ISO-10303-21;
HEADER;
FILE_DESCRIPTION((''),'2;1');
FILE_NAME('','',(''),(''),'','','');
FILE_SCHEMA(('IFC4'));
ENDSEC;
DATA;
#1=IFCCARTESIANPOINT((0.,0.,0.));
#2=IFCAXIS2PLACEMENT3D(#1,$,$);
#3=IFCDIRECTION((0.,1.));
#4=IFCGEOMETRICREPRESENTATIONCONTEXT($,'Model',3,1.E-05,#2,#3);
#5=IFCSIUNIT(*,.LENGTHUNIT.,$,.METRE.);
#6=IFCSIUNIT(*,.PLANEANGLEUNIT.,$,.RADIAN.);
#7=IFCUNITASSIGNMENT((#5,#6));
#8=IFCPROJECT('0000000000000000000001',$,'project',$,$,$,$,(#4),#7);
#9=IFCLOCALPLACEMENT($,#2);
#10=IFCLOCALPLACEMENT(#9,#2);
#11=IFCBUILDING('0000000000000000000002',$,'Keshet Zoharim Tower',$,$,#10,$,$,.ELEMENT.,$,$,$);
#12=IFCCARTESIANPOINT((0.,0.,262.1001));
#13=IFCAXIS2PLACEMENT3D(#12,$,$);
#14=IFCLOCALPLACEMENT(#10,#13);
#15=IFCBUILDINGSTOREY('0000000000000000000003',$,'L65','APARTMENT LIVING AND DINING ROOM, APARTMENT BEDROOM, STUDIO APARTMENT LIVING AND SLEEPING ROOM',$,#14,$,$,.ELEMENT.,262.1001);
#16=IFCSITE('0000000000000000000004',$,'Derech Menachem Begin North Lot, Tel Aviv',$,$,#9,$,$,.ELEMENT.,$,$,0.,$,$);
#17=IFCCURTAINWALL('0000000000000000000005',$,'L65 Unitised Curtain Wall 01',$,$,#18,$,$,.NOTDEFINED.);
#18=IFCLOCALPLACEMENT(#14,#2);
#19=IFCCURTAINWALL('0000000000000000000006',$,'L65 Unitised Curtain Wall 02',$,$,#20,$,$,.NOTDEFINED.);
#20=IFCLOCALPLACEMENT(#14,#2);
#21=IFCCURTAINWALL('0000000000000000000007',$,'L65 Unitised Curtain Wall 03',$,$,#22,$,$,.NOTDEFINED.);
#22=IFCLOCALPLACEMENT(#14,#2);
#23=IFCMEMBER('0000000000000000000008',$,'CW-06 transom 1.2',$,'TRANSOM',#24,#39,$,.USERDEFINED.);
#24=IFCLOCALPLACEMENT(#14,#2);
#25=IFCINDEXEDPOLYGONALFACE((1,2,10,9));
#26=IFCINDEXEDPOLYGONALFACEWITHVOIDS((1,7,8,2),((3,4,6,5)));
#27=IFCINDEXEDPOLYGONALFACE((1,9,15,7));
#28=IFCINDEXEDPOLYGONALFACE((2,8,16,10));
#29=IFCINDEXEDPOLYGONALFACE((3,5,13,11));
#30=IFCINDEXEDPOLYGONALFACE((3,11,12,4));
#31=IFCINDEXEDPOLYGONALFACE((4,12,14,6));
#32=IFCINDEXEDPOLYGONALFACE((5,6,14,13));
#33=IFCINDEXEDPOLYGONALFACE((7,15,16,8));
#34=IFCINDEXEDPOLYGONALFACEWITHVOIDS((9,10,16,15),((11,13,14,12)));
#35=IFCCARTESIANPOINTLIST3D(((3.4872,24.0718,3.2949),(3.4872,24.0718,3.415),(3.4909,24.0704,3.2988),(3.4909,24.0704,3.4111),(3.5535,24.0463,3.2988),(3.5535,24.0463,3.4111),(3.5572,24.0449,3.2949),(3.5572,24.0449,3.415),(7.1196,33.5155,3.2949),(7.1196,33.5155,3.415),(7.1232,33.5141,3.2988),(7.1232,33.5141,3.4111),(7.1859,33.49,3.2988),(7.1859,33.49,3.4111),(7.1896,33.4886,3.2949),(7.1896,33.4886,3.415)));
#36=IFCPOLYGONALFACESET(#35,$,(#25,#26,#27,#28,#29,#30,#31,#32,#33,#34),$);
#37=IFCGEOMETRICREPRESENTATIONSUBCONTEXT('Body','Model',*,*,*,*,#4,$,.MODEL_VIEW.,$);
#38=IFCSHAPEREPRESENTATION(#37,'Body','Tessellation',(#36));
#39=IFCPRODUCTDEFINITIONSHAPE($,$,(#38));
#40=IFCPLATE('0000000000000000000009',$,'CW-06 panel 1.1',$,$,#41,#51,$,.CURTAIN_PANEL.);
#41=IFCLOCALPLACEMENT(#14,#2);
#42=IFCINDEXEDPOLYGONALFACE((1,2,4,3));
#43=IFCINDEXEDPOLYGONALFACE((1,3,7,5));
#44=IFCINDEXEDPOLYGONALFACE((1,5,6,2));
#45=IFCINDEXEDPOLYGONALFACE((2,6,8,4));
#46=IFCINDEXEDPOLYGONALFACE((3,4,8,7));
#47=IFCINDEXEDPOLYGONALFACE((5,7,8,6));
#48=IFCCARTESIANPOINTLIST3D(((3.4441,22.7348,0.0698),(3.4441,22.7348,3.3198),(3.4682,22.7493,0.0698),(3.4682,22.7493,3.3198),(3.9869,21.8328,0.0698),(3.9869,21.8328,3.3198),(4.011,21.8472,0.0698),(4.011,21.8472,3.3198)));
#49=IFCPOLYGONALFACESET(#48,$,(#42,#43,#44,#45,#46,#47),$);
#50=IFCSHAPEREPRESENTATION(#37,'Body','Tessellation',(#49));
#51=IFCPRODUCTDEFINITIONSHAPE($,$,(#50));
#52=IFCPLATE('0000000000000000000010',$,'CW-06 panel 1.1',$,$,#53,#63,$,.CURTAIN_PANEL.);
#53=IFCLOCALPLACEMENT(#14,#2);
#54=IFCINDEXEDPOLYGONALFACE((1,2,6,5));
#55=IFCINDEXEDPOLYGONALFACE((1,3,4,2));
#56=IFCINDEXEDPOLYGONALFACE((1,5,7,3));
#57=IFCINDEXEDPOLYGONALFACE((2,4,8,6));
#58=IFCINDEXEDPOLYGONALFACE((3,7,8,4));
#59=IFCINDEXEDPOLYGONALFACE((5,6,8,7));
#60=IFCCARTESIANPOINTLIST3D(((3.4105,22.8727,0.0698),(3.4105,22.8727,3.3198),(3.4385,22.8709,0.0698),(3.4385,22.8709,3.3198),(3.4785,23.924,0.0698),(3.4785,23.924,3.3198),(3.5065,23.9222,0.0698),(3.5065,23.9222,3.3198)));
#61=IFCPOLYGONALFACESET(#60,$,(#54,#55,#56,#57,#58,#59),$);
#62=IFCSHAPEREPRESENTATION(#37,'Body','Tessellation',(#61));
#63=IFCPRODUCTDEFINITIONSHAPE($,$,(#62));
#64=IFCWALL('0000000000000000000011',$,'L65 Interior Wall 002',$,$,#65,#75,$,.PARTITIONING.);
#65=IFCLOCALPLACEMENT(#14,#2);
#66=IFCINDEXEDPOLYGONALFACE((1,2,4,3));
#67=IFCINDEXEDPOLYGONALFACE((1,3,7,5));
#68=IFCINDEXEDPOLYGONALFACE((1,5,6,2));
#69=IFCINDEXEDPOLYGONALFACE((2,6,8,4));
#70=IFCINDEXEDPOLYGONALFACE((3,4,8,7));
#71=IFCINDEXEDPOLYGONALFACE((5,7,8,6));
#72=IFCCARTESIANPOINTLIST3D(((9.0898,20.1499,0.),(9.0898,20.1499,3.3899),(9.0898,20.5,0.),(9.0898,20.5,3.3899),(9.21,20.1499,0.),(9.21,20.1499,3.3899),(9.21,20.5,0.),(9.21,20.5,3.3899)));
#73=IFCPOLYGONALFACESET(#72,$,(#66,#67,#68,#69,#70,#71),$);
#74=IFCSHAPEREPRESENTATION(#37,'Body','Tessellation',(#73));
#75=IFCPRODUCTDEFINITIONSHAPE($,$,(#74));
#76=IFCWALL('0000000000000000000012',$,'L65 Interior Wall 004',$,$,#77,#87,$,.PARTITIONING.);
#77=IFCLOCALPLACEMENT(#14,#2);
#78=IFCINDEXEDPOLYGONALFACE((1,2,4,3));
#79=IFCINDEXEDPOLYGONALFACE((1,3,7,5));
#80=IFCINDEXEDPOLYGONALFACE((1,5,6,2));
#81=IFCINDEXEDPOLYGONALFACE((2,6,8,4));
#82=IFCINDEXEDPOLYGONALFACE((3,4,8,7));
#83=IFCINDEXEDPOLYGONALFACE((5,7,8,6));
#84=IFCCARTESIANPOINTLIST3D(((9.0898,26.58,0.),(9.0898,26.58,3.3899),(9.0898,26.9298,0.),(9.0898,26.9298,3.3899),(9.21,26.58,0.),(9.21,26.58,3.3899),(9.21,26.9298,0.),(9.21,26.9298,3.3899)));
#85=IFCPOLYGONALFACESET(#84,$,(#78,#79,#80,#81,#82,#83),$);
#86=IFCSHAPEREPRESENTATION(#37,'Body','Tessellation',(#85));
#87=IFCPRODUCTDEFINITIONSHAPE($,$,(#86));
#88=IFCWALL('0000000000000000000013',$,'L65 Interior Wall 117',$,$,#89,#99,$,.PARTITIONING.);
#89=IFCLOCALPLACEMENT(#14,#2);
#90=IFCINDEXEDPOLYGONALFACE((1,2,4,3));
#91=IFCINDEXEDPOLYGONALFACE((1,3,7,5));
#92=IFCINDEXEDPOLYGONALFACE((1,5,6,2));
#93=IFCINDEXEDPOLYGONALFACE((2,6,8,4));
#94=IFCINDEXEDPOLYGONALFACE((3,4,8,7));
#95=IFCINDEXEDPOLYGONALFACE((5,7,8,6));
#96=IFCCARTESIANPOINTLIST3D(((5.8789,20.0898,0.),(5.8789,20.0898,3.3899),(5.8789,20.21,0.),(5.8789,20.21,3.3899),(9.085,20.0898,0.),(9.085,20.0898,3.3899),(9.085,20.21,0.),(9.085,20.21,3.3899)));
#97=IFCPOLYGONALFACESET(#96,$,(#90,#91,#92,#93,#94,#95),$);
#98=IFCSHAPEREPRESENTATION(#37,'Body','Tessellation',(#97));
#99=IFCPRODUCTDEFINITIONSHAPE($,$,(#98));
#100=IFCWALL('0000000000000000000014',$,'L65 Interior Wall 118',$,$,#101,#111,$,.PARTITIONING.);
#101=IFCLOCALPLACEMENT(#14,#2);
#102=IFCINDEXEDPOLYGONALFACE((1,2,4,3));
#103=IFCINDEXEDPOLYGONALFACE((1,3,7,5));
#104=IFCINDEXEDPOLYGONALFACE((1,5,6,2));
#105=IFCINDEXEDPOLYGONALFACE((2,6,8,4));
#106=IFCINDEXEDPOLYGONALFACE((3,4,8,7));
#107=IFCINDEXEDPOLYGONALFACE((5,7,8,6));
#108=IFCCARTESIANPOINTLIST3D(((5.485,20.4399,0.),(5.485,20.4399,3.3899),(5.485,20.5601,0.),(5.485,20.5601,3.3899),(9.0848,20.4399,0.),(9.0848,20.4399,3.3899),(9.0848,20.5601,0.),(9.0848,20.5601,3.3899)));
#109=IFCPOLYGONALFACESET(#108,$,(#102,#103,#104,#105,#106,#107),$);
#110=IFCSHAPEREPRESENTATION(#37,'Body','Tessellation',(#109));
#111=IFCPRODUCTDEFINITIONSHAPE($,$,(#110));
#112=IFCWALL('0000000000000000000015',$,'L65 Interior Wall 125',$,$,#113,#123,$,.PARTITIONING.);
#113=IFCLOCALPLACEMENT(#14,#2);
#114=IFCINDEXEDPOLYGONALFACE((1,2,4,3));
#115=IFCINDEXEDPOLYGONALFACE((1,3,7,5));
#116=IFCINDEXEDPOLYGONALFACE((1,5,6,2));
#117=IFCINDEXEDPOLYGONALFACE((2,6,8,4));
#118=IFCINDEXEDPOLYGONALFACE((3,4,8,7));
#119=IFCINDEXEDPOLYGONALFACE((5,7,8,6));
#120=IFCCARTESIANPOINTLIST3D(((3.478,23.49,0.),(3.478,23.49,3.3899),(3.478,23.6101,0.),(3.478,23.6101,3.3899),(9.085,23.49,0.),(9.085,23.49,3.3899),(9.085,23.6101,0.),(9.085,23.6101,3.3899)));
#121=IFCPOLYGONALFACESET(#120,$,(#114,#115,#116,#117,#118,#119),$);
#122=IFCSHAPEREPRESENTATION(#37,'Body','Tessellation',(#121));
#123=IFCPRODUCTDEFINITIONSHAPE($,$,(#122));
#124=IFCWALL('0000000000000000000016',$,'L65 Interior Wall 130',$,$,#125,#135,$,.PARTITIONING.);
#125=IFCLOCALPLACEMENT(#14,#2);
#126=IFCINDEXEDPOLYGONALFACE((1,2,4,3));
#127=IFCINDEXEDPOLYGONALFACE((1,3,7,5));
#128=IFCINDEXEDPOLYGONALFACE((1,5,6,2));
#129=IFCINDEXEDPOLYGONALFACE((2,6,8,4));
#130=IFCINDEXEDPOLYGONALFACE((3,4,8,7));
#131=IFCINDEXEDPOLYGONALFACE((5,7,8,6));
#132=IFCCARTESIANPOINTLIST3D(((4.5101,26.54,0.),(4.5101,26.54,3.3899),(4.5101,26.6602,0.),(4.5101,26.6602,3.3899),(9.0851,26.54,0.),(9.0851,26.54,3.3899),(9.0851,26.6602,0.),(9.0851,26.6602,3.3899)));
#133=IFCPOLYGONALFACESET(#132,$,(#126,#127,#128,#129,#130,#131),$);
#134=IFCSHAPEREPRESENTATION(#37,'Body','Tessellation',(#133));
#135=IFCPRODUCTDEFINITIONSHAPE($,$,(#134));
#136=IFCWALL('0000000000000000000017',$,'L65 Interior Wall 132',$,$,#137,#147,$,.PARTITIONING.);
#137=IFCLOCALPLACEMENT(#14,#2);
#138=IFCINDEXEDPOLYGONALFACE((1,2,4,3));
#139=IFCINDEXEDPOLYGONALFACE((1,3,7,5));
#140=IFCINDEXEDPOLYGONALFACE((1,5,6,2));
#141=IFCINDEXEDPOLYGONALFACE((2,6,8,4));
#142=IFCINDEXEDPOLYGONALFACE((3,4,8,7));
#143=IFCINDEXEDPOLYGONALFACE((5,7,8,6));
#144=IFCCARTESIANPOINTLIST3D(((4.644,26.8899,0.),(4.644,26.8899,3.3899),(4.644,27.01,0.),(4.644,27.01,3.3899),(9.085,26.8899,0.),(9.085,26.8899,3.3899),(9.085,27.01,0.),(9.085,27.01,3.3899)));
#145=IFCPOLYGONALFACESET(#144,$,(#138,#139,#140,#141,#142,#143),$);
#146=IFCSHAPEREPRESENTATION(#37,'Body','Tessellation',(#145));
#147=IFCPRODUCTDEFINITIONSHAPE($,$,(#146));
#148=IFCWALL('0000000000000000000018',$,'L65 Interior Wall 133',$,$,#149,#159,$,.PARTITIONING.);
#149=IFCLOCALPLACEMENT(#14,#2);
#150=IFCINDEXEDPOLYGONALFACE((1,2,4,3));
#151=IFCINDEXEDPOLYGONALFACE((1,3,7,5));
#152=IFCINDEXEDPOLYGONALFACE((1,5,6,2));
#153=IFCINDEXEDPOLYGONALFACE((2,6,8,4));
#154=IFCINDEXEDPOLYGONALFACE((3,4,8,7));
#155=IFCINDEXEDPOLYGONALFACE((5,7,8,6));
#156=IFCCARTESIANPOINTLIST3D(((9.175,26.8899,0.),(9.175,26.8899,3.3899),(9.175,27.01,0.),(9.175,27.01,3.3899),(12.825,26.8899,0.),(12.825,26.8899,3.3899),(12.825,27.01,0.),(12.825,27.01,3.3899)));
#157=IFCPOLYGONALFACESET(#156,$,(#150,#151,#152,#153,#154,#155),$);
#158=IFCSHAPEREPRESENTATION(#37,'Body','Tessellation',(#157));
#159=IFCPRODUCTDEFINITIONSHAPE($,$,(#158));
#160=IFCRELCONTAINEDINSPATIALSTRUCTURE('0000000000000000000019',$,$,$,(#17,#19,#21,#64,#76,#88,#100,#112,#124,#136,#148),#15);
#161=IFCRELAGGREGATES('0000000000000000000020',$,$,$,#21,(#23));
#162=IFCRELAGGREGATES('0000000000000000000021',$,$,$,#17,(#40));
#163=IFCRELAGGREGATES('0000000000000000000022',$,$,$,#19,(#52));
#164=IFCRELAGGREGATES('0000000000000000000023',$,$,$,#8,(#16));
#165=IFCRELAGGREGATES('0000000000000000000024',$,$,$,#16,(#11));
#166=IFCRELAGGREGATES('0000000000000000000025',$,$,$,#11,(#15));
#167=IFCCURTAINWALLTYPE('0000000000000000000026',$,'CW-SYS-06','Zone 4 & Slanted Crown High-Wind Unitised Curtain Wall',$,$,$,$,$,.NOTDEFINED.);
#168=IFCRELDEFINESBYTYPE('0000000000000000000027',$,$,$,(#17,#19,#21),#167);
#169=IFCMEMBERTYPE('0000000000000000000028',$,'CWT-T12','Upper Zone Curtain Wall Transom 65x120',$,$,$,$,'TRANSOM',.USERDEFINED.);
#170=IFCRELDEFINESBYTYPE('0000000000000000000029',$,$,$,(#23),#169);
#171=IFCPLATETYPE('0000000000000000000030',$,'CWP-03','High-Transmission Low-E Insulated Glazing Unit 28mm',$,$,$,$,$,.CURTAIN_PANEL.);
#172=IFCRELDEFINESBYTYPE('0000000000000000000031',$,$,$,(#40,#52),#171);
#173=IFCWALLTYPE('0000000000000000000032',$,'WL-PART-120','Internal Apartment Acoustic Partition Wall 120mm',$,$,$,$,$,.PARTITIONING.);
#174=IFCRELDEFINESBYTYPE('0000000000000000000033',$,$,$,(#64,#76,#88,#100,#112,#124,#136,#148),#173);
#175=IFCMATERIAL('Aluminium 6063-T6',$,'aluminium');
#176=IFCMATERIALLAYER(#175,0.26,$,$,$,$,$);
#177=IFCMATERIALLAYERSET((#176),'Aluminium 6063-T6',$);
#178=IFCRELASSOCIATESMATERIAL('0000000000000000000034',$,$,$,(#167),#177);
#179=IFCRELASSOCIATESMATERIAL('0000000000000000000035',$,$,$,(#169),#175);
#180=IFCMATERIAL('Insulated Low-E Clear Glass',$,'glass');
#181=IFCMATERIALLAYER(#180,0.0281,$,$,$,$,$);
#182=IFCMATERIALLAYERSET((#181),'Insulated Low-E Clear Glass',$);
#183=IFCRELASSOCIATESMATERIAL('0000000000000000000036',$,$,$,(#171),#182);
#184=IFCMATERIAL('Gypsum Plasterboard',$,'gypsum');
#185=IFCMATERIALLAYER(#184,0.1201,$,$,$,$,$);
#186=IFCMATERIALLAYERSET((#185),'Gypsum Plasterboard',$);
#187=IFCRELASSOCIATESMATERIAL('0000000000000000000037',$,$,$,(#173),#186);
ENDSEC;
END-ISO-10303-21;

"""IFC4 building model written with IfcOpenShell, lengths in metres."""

from ifc_helpers import new_model, si_unit, direction, frame, frame_2d, origin, origin_2d, place, context, subcontext, project, spatial, rectangle, hollow_rectangle, extrude, material, layer, layer_set, material_profile, profile_set, type_object, element, aggregate, save


model = new_model("IFC4")

# Units and contexts
model_context = context("Model", 3, precision=1e-05, world=origin(), true_north=direction((0.0, 1.0)))
body_context = subcontext(model_context, "Body", "Model", "MODEL_VIEW")
ifc_project = project(units=[si_unit("LENGTHUNIT", "METRE"), si_unit("PLANEANGLEUNIT", "RADIAN")], contexts=[model_context])

# Site, building, storey
site_placement = place(None, origin())
site = spatial("IfcSite", under=ifc_project, at=site_placement, Name="Derech Menachem Begin North Lot, Tel Aviv", CompositionType="ELEMENT", RefElevation=0.0)
building_placement = place(site_placement, origin())
building = spatial("IfcBuilding", under=site, at=building_placement, Name="Keshet Zoharim Tower", CompositionType="ELEMENT")
storey_placement = place(building_placement, frame((0.0, 0.0, 262.1001)))
storey = spatial("IfcBuildingStorey", under=building, at=storey_placement, Name="L65", Description="APARTMENT LIVING AND DINING ROOM, APARTMENT BEDROOM, STUDIO APARTMENT LIVING AND SLEEPING ROOM", CompositionType="ELEMENT", Elevation=262.1001)

# Curtain walls
ifc_material_1 = material(Name="Aluminium 6063-T6", Category="aluminium")
ifc_layer_1 = layer(ifc_material_1, 0.26)
ifc_layer_set_1 = layer_set([ifc_layer_1], Name="Aluminium 6063-T6")
curtain_wall_type = type_object("IfcCurtainWallType", Name="CW-SYS-06", Description="Zone 4 & Slanted Crown High-Wind Unitised Curtain Wall", PredefinedType="NOTDEFINED", material=ifc_layer_set_1)
curtain_wall_1_placement = place(storey_placement, origin())
curtain_wall_1 = element("IfcCurtainWall", 1, at=curtain_wall_1_placement, inside=storey, type_object=curtain_wall_type, Name="L65 Unitised Curtain Wall 01", PredefinedType="NOTDEFINED")
curtain_wall_2_placement = place(storey_placement, origin())
curtain_wall_2 = element("IfcCurtainWall", 2, at=curtain_wall_2_placement, inside=storey, type_object=curtain_wall_type, Name="L65 Unitised Curtain Wall 02", PredefinedType="NOTDEFINED")

# Curtain wall
curtain_wall_3_placement = place(storey_placement, origin())
curtain_wall_3 = element("IfcCurtainWall", 3, at=curtain_wall_3_placement, inside=storey, type_object=curtain_wall_type, Name="L65 Unitised Curtain Wall 03", PredefinedType="NOTDEFINED")

# Member
ifc_material_profile_1 = material_profile(ifc_material_1, hollow_rectangle(XDim=0.075, YDim=0.1201, WallThickness=0.0039, at=origin_2d()), Name="TRN-75x120")
ifc_profile_set_1 = profile_set([ifc_material_profile_1], Name="Aluminium 6063-T6")
member_type_1 = type_object("IfcMemberType", Name="CWT-T12", Description="Upper Zone Curtain Wall Transom 65x120", ElementType="TRANSOM", PredefinedType="USERDEFINED", material=ifc_profile_set_1)
member_1_placement = place(storey_placement, frame((3.5222, 24.0583, 3.355), z_axis=(0.358994, 0.93334, 0.0), x_axis=(-0.93334, 0.358994, 0.0)))
member_1 = element("IfcMember", 4, at=member_1_placement, type_object=member_type_1, Name="CW-06 transom 1.2", ObjectType="TRANSOM", PredefinedType="USERDEFINED", context=body_context, shape_type="SweptSolid", body=[
    extrude(hollow_rectangle(XDim=0.075, YDim=0.1201, WallThickness=0.0039, at=origin_2d()), origin(), (0.0, 0.0, 1.0), 10.1182),
])
aggregate(curtain_wall_3, [member_1])

# Plates
ifc_material_2 = material(Name="Insulated Low-E Clear Glass", Category="glass")
ifc_layer_2 = layer(ifc_material_2, 0.0281)
ifc_layer_set_2 = layer_set([ifc_layer_2], Name="Insulated Low-E Clear Glass")
plate_type = type_object("IfcPlateType", Name="CWP-03", Description="High-Transmission Low-E Insulated Glazing Unit 28mm", PredefinedType="CURTAIN_PANEL", material=ifc_layer_set_2)
plate_1_placement = place(storey_placement, frame((3.7275, 22.291, 0.0698), z_axis=(0.0, 0.0, 1.0), x_axis=(-0.515605, 0.856826, 0.0)))
plate_1 = element("IfcPlate", 5, at=plate_1_placement, type_object=plate_type, Name="CW-06 panel 1.1", PredefinedType="CURTAIN_PANEL", context=body_context, shape_type="SweptSolid", body=[
    extrude(rectangle(XDim=1.0527, YDim=0.0281, at=origin_2d()), origin(), (0.0, 0.0, 1.0), 3.25),
])
aggregate(curtain_wall_1, [plate_1])
plate_2_placement = place(storey_placement, frame((3.4585, 23.3975, 0.0698), z_axis=(0.0, 0.0, 1.0), x_axis=(0.064517, 0.997917, 0.0)))
plate_2 = element("IfcPlate", 6, at=plate_2_placement, type_object=plate_type, Name="CW-06 panel 1.1", PredefinedType="CURTAIN_PANEL", context=body_context, shape_type="SweptSolid", body=[
    extrude(rectangle(XDim=1.0535, YDim=0.0281, at=origin_2d()), origin(), (0.0, 0.0, 1.0), 3.25),
])
aggregate(curtain_wall_2, [plate_2])

# Wall
ifc_material_3 = material(Name="Gypsum Plasterboard", Category="gypsum")
ifc_layer_3 = layer(ifc_material_3, 0.1201)
ifc_layer_set_3 = layer_set([ifc_layer_3], Name="Gypsum Plasterboard")
wall_type = type_object("IfcWallType", Name="WL-PART-120", Description="Internal Apartment Acoustic Partition Wall 120mm", PredefinedType="PARTITIONING", material=ifc_layer_set_3)
wall_1_placement = place(storey_placement, frame((9.1499, 20.1499, 0.0), z_axis=(0.0, 0.0, 1.0), x_axis=(0.0, 1.0, 0.0)))
element("IfcWall", 7, at=wall_1_placement, inside=storey, type_object=wall_type, Name="L65 Interior Wall 002", PredefinedType="PARTITIONING", context=body_context, shape_type="SweptSolid", body=[
    extrude(rectangle(XDim=0.3501, YDim=0.1201, at=frame_2d((0.175, 0.0))), origin(), (0.0, 0.0, 1.0), 3.3899),
])

# Wall
wall_2_placement = place(storey_placement, frame((9.1499, 26.5801, 0.0), z_axis=(0.0, 0.0, 1.0), x_axis=(0.0, 1.0, 0.0)))
element("IfcWall", 8, at=wall_2_placement, inside=storey, type_object=wall_type, Name="L65 Interior Wall 004", PredefinedType="PARTITIONING", context=body_context, shape_type="SweptSolid", body=[
    extrude(rectangle(XDim=0.3499, YDim=0.1201, at=frame_2d((0.1748, 0.0))), origin(), (0.0, 0.0, 1.0), 3.3899),
])

# Walls
wall_3_placement = place(storey_placement, frame((5.8789, 20.1499, 0.0), z_axis=(0.0, 0.0, 1.0), x_axis=(1.0, 0.0, 0.0)))
element("IfcWall", 9, at=wall_3_placement, inside=storey, type_object=wall_type, Name="L65 Interior Wall 117", PredefinedType="PARTITIONING", context=body_context, shape_type="SweptSolid", body=[
    extrude(rectangle(XDim=3.2061, YDim=0.1201, at=frame_2d((1.603, 0.0))), origin(), (0.0, 0.0, 1.0), 3.3899),
])
wall_4_placement = place(storey_placement, frame((5.4851, 20.5, 0.0), z_axis=(0.0, 0.0, 1.0), x_axis=(1.0, 0.0, 0.0)))
element("IfcWall", 10, at=wall_4_placement, inside=storey, type_object=wall_type, Name="L65 Interior Wall 118", PredefinedType="PARTITIONING", context=body_context, shape_type="SweptSolid", body=[
    extrude(rectangle(XDim=3.5999, YDim=0.1201, at=frame_2d((1.7998, 0.0))), origin(), (0.0, 0.0, 1.0), 3.3899),
])
wall_5_placement = place(storey_placement, frame((3.478, 23.55, 0.0), z_axis=(0.0, 0.0, 1.0), x_axis=(1.0, 0.0, 0.0)))
element("IfcWall", 11, at=wall_5_placement, inside=storey, type_object=wall_type, Name="L65 Interior Wall 125", PredefinedType="PARTITIONING", context=body_context, shape_type="SweptSolid", body=[
    extrude(rectangle(XDim=5.6069, YDim=0.1201, at=frame_2d((2.8035, 0.0))), origin(), (0.0, 0.0, 1.0), 3.3899),
])
wall_6_placement = place(storey_placement, frame((4.51, 26.6001, 0.0), z_axis=(0.0, 0.0, 1.0), x_axis=(1.0, 0.0, 0.0)))
element("IfcWall", 12, at=wall_6_placement, inside=storey, type_object=wall_type, Name="L65 Interior Wall 130", PredefinedType="PARTITIONING", context=body_context, shape_type="SweptSolid", body=[
    extrude(rectangle(XDim=4.575, YDim=0.1201, at=frame_2d((2.2876, 0.0))), origin(), (0.0, 0.0, 1.0), 3.3899),
])
wall_7_placement = place(storey_placement, frame((4.644, 26.95, 0.0), z_axis=(0.0, 0.0, 1.0), x_axis=(1.0, 0.0, 0.0)))
element("IfcWall", 13, at=wall_7_placement, inside=storey, type_object=wall_type, Name="L65 Interior Wall 132", PredefinedType="PARTITIONING", context=body_context, shape_type="SweptSolid", body=[
    extrude(rectangle(XDim=4.4409, YDim=0.1201, at=frame_2d((2.2205, 0.0))), origin(), (0.0, 0.0, 1.0), 3.3899),
])
wall_8_placement = place(storey_placement, frame((9.175, 26.95, 0.0), z_axis=(0.0, 0.0, 1.0), x_axis=(1.0, 0.0, 0.0)))
element("IfcWall", 14, at=wall_8_placement, inside=storey, type_object=wall_type, Name="L65 Interior Wall 133", PredefinedType="PARTITIONING", context=body_context, shape_type="SweptSolid", body=[
    extrude(rectangle(XDim=3.6499, YDim=0.1201, at=frame_2d((1.825, 0.0))), origin(), (0.0, 0.0, 1.0), 3.3899),
])

save(model, "model.ifc")
